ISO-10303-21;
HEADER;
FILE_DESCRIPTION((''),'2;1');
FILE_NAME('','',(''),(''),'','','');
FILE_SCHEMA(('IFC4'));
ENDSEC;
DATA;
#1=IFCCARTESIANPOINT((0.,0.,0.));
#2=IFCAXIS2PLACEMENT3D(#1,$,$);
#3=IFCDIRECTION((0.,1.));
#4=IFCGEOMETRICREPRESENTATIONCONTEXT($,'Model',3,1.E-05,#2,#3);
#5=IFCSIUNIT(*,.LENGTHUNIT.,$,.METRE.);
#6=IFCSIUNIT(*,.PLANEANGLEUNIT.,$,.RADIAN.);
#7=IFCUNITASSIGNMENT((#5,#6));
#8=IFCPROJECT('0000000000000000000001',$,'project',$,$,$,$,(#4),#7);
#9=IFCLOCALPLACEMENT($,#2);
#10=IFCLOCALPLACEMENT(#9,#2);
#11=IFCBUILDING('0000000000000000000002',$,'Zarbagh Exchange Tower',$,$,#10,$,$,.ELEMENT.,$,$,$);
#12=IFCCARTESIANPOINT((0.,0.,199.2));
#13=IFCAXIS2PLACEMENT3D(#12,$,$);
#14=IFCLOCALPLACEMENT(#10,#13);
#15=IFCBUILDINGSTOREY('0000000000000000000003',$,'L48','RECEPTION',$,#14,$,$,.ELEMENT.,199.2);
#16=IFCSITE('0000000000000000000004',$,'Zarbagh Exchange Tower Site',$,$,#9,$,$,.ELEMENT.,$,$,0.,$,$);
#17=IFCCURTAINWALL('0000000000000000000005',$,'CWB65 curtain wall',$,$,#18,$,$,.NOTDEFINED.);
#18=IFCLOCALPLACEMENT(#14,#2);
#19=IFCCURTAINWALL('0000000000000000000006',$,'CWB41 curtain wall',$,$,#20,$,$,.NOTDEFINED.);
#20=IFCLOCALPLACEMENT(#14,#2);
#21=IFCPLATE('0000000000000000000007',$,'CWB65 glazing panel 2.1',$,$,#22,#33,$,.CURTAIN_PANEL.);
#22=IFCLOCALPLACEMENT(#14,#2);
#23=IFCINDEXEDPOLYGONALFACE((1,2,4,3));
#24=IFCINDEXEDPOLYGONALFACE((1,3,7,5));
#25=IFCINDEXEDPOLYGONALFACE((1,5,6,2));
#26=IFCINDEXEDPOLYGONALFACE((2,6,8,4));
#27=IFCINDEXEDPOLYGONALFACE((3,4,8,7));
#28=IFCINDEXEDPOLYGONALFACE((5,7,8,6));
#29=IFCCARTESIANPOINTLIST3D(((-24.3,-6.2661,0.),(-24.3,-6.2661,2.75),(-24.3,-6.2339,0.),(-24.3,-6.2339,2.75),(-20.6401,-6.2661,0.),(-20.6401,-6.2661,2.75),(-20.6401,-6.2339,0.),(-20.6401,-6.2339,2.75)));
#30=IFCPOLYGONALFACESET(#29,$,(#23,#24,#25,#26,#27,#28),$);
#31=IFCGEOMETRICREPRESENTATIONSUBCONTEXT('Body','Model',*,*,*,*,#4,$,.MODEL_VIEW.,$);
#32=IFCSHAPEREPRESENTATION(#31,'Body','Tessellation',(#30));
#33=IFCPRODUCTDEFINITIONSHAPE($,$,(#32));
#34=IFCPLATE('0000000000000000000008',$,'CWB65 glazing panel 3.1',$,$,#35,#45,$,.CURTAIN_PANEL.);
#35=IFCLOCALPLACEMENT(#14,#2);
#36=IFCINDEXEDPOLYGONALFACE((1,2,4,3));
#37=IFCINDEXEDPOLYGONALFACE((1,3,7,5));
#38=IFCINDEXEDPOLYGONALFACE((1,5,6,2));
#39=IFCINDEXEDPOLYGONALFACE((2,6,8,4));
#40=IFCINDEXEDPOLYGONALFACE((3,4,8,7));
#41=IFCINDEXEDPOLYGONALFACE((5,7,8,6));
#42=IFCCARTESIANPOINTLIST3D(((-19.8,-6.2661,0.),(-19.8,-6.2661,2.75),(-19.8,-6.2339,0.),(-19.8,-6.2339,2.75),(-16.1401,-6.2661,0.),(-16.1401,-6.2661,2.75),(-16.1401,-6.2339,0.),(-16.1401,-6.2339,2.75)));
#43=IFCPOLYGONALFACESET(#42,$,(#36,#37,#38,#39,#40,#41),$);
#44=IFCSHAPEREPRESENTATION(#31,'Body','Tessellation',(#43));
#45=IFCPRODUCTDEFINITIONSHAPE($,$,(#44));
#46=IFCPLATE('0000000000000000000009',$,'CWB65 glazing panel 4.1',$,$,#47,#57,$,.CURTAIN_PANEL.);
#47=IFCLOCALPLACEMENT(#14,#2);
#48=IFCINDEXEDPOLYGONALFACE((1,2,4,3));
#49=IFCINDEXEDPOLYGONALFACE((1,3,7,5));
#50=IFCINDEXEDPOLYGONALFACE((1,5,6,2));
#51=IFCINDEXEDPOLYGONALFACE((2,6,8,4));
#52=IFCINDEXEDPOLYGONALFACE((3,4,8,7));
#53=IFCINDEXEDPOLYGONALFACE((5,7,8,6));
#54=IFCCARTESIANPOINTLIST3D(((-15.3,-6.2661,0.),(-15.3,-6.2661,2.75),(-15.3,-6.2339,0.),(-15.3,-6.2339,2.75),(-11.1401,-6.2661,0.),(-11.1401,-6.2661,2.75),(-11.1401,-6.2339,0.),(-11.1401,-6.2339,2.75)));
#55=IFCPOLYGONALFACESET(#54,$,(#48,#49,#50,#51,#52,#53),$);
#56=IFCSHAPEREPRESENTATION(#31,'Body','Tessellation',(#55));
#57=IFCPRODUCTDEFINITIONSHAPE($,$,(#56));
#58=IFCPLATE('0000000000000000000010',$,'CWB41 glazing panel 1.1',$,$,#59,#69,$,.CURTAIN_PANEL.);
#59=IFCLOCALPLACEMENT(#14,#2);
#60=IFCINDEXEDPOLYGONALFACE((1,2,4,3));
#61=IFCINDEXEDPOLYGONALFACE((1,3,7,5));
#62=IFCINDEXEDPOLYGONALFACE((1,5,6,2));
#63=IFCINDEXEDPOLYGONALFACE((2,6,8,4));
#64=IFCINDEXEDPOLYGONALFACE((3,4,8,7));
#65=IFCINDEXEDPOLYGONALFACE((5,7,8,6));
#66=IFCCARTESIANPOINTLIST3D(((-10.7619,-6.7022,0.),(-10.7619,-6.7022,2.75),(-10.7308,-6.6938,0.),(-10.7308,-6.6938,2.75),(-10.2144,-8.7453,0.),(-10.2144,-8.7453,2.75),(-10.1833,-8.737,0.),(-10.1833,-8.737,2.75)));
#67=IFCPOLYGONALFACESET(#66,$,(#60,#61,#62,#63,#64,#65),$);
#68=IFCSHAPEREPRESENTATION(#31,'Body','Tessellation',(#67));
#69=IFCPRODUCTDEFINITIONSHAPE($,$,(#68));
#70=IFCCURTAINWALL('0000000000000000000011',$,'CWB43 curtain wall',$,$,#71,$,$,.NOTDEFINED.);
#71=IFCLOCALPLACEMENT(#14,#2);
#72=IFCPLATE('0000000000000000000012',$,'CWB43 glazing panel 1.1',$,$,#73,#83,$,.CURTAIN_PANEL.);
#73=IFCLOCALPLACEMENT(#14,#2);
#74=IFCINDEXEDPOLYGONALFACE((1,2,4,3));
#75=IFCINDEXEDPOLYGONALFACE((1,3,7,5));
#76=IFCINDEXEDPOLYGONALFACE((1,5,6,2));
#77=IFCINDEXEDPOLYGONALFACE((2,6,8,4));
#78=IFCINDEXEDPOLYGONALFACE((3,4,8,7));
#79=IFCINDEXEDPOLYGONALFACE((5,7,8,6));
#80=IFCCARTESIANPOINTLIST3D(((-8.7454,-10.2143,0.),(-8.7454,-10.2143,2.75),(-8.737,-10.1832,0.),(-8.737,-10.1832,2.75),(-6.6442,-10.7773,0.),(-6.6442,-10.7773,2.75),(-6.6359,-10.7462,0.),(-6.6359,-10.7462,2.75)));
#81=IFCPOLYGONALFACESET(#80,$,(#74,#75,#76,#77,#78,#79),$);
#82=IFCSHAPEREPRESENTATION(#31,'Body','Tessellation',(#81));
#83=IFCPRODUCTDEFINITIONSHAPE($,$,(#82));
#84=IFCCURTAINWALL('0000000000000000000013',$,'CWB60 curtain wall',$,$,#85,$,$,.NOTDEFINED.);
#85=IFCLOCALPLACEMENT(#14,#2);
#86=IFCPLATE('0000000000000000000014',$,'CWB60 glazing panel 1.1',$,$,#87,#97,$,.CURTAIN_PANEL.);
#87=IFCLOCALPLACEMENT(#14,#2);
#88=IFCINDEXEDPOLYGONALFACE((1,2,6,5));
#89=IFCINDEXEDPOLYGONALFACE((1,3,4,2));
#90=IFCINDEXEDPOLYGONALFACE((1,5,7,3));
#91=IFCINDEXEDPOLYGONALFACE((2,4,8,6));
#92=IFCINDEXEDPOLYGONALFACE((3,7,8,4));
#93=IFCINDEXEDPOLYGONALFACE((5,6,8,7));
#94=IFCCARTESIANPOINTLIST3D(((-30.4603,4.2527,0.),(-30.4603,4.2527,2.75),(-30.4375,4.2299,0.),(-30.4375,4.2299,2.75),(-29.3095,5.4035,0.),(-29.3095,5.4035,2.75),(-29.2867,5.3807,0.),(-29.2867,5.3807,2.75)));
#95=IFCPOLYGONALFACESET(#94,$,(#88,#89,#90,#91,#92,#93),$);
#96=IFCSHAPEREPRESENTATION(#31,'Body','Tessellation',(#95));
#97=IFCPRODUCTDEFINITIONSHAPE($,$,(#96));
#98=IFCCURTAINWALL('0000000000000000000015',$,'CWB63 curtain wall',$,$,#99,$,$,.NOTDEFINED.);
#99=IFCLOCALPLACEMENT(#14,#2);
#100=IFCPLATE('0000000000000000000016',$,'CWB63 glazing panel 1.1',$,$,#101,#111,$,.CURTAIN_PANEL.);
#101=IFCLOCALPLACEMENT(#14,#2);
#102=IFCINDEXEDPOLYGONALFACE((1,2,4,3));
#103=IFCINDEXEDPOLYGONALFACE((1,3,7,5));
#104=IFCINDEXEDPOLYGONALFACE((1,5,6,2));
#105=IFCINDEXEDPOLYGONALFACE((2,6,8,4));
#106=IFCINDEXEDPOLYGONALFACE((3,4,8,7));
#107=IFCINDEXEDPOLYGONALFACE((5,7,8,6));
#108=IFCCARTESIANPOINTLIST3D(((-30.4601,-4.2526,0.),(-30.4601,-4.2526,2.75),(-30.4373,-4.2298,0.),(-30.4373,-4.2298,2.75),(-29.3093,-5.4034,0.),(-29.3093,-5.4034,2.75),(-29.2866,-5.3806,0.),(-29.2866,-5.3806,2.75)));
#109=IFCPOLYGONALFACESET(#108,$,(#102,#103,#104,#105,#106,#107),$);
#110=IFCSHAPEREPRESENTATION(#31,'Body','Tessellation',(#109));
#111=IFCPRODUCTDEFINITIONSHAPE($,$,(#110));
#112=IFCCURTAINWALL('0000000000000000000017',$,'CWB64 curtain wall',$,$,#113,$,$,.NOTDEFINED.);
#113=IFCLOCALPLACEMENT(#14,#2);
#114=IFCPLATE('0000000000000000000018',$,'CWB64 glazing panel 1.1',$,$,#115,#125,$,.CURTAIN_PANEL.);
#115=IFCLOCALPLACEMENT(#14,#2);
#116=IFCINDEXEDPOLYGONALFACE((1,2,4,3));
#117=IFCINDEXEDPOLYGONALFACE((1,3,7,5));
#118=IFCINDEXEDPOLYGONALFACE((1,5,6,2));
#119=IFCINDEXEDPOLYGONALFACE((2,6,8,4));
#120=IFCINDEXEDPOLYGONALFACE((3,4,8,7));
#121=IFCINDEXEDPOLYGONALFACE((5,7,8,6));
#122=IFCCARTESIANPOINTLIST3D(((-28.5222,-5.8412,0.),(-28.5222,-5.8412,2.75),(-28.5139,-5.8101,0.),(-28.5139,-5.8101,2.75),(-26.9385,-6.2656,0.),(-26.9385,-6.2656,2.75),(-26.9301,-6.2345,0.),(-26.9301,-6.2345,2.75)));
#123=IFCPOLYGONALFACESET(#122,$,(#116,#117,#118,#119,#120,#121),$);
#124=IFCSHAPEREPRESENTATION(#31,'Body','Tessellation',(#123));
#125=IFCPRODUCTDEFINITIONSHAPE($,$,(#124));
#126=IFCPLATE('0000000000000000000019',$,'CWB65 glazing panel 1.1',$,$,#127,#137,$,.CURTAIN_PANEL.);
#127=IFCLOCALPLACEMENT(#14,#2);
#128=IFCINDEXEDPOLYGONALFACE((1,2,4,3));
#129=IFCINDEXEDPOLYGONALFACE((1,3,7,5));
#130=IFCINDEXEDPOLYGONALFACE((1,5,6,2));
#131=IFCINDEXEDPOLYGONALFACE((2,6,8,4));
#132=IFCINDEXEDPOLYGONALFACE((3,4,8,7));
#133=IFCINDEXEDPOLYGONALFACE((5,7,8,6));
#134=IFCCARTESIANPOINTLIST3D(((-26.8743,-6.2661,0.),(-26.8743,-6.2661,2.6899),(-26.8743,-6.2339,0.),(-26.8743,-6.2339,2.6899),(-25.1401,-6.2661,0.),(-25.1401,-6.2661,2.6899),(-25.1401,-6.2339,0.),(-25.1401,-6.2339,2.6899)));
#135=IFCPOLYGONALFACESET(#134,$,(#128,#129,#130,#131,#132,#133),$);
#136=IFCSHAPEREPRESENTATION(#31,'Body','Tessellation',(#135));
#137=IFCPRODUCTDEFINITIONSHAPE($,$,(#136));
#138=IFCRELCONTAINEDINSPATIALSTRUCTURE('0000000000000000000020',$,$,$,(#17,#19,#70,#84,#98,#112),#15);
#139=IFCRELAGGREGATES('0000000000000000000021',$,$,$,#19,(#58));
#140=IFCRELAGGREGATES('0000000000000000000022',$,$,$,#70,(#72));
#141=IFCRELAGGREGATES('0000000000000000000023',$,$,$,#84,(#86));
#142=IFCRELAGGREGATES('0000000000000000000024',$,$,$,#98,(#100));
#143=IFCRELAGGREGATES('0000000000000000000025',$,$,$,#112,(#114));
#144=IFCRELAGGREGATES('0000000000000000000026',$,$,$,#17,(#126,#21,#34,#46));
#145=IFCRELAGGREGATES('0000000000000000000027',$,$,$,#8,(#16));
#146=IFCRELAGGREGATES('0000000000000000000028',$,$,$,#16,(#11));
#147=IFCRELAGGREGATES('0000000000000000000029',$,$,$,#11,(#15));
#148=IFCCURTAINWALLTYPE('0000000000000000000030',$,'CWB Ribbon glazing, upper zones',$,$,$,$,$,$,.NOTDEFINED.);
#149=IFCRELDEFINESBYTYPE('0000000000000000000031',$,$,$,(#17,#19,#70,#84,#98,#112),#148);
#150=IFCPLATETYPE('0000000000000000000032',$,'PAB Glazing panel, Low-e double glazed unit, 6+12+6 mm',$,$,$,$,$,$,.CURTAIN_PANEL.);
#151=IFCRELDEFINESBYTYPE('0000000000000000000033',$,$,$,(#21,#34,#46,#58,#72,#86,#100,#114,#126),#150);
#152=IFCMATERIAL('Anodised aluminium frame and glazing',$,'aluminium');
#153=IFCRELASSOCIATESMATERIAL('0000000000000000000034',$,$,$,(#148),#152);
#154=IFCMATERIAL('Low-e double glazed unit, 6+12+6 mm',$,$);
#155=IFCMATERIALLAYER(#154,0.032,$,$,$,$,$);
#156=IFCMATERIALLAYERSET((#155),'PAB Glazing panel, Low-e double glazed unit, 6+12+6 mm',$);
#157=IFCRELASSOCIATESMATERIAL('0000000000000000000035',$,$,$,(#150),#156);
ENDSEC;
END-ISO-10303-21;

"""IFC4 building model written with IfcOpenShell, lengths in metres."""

from ifc_helpers import new_model, si_unit, direction, frame, origin, place, context, subcontext, project, spatial, polyline, outline, extrude, source, transform, mapped, material, layer, layer_set, type_object, element, aggregate, save


model = new_model("IFC4")

# Units and contexts
model_context = context("Model", 3, precision=1e-05, world=origin(), true_north=direction((0.0, 1.0)))
body_context = subcontext(model_context, "Body", "Model", "MODEL_VIEW")
ifc_project = project(units=[si_unit("LENGTHUNIT", "METRE"), si_unit("PLANEANGLEUNIT", "RADIAN")], contexts=[model_context])

# Site, building, storey
site_placement = place(None, origin())
site = spatial("IfcSite", under=ifc_project, at=site_placement, Name="Zarbagh Exchange Tower Site", CompositionType="ELEMENT", RefElevation=0.0)
building_placement = place(site_placement, origin())
building = spatial("IfcBuilding", under=site, at=building_placement, Name="Zarbagh Exchange Tower", CompositionType="ELEMENT")
storey_placement = place(building_placement, frame((0.0, 0.0, 199.2)))
storey = spatial("IfcBuildingStorey", under=building, at=storey_placement, Name="L48", Description="RECEPTION", CompositionType="ELEMENT", Elevation=199.2)

# Shared definitions
ifc_material_1 = material(Name="Anodised aluminium frame and glazing", Category="aluminium")
curtain_wall_type = type_object("IfcCurtainWallType", Name="CWB Ribbon glazing, upper zones", PredefinedType="NOTDEFINED", material=ifc_material_1)
placement = place(storey_placement, origin())

# Curtain wall
curtain_wall_1_placement = place(storey_placement, origin())
curtain_wall_1 = element("IfcCurtainWall", 1, at=curtain_wall_1_placement, inside=storey, type_object=curtain_wall_type, Name="CWB65 curtain wall", PredefinedType="NOTDEFINED")

# Curtain wall
curtain_wall_2_placement = place(storey_placement, origin())
curtain_wall_2 = element("IfcCurtainWall", 2, at=curtain_wall_2_placement, inside=storey, type_object=curtain_wall_type, Name="CWB41 curtain wall", PredefinedType="NOTDEFINED")

# Shared definitions
ifc_material_2 = material(Name="Low-e double glazed unit, 6+12+6 mm")
ifc_layer = layer(ifc_material_2, 0.032)
ifc_layer_set = layer_set([ifc_layer], Name="PAB Glazing panel, Low-e double glazed unit, 6+12+6 mm")
plate_type = type_object("IfcPlateType", Name="PAB Glazing panel, Low-e double glazed unit, 6+12+6 mm", PredefinedType="CURTAIN_PANEL", material=ifc_layer_set)

# Plates
shared_shape_1 = source(origin(), body_context, "Body", "SweptSolid", [
    extrude(outline(polyline([(0.0, -0.0161), (3.6599, -0.0161), (3.6599, 0.0161), (0.0, 0.0161), (0.0, -0.0161)])), origin(), (0.0, 0.0, 1.0), 2.75),
])
plate_1 = element("IfcPlate", 3, at=placement, type_object=plate_type, Name="CWB65 glazing panel 2.1", PredefinedType="CURTAIN_PANEL", context=body_context, shape_type="MappedRepresentation", body=[
    mapped(shared_shape_1, transform((-24.3, -6.25, 0.0), x_axis=(1.0, 0.0, 0.0), y_axis=(0.0, 1.0, 0.0), z_axis=(0.0, 0.0, 1.0))),
])
plate_2 = element("IfcPlate", 4, at=placement, type_object=plate_type, Name="CWB65 glazing panel 3.1", PredefinedType="CURTAIN_PANEL", context=body_context, shape_type="MappedRepresentation", body=[
    mapped(shared_shape_1, transform((-19.8, -6.25, 0.0), x_axis=(1.0, 0.0, 0.0), y_axis=(0.0, 1.0, 0.0), z_axis=(0.0, 0.0, 1.0))),
])
shared_shape_2 = source(origin(), body_context, "Body", "SweptSolid", [
    extrude(outline(polyline([(0.0, -0.0161), (4.1599, -0.0161), (4.1599, 0.0161), (0.0, 0.0161), (0.0, -0.0161)])), origin(), (0.0, 0.0, 1.0), 2.75),
])
plate_3 = element("IfcPlate", 5, at=placement, type_object=plate_type, Name="CWB65 glazing panel 4.1", PredefinedType="CURTAIN_PANEL", context=body_context, shape_type="MappedRepresentation", body=[
    mapped(shared_shape_2, transform((-15.3, -6.25, 0.0), x_axis=(1.0, 0.0, 0.0), y_axis=(0.0, 1.0, 0.0), z_axis=(0.0, 0.0, 1.0))),
])
shared_shape_3 = source(origin(), body_context, "Body", "SweptSolid", [
    extrude(outline(polyline([(0.0, -0.0161), (2.1152, -0.0161), (2.1152, 0.0161), (0.0, 0.0161), (0.0, -0.0161)])), origin(), (0.0, 0.0, 1.0), 2.75),
])
plate_4 = element("IfcPlate", 6, at=placement, type_object=plate_type, Name="CWB41 glazing panel 1.1", PredefinedType="CURTAIN_PANEL", context=body_context, shape_type="MappedRepresentation", body=[
    mapped(shared_shape_3, transform((-10.7463, -6.698, 0.0), x_axis=(0.258825, -0.965924, 0.0), y_axis=(0.965924, 0.258825, 0.0), z_axis=(0.0, 0.0, 1.0))),
])
aggregate(curtain_wall_2, [plate_4])

# Curtain walls, plates
curtain_wall_3_placement = place(storey_placement, origin())
curtain_wall_3 = element("IfcCurtainWall", 7, at=curtain_wall_3_placement, inside=storey, type_object=curtain_wall_type, Name="CWB43 curtain wall", PredefinedType="NOTDEFINED")
shared_shape_4 = source(origin(), body_context, "Body", "SweptSolid", [
    extrude(outline(polyline([(0.0, -0.0161), (2.1753, -0.0161), (2.1753, 0.0161), (0.0, 0.0161), (0.0, -0.0161)])), origin(), (0.0, 0.0, 1.0), 2.75),
])
plate_5 = element("IfcPlate", 8, at=placement, type_object=plate_type, Name="CWB43 glazing panel 1.1", PredefinedType="CURTAIN_PANEL", context=body_context, shape_type="MappedRepresentation", body=[
    mapped(shared_shape_4, transform((-8.7412, -10.1987, 0.0), x_axis=(0.965924, -0.258825, 0.0), y_axis=(0.258825, 0.965924, 0.0), z_axis=(0.0, 0.0, 1.0))),
])
aggregate(curtain_wall_3, [plate_5])
curtain_wall_4_placement = place(storey_placement, origin())
curtain_wall_4 = element("IfcCurtainWall", 9, at=curtain_wall_4_placement, inside=storey, type_object=curtain_wall_type, Name="CWB60 curtain wall", PredefinedType="NOTDEFINED")
shared_shape_5 = source(origin(), body_context, "Body", "SweptSolid", [
    extrude(outline(polyline([(0.0, -0.0161), (1.6274, -0.0161), (1.6274, 0.0161), (0.0, 0.0161), (0.0, -0.0161)])), origin(), (0.0, 0.0, 1.0), 2.75),
])
plate_6 = element("IfcPlate", 10, at=placement, type_object=plate_type, Name="CWB60 glazing panel 1.1", PredefinedType="CURTAIN_PANEL", context=body_context, shape_type="MappedRepresentation", body=[
    mapped(shared_shape_5, transform((-29.2981, 5.3921, 0.0), x_axis=(-0.707107, -0.707107, 0.0), y_axis=(0.707107, -0.707107, 0.0), z_axis=(0.0, 0.0, 1.0))),
])
aggregate(curtain_wall_4, [plate_6])
curtain_wall_5_placement = place(storey_placement, origin())
curtain_wall_5 = element("IfcCurtainWall", 11, at=curtain_wall_5_placement, inside=storey, type_object=curtain_wall_type, Name="CWB63 curtain wall", PredefinedType="NOTDEFINED")
plate_7 = element("IfcPlate", 12, at=placement, type_object=plate_type, Name="CWB63 glazing panel 1.1", PredefinedType="CURTAIN_PANEL", context=body_context, shape_type="MappedRepresentation", body=[
    mapped(shared_shape_5, transform((-30.4487, -4.2412, 0.0), x_axis=(0.707107, -0.707107, 0.0), y_axis=(0.707107, 0.707107, 0.0), z_axis=(0.0, 0.0, 1.0))),
])
aggregate(curtain_wall_5, [plate_7])
curtain_wall_6_placement = place(storey_placement, origin())
curtain_wall_6 = element("IfcCurtainWall", 13, at=curtain_wall_6_placement, inside=storey, type_object=curtain_wall_type, Name="CWB64 curtain wall", PredefinedType="NOTDEFINED")
shared_shape_6 = source(origin(), body_context, "Body", "SweptSolid", [
    extrude(outline(polyline([(0.0, -0.0161), (1.6396, -0.0161), (1.6396, 0.0161), (0.0, 0.0161), (0.0, -0.0161)])), origin(), (0.0, 0.0, 1.0), 2.75),
])
plate_8 = element("IfcPlate", 14, at=placement, type_object=plate_type, Name="CWB64 glazing panel 1.1", PredefinedType="CURTAIN_PANEL", context=body_context, shape_type="MappedRepresentation", body=[
    mapped(shared_shape_6, transform((-28.5181, -5.8257, 0.0), x_axis=(0.965924, -0.258825, 0.0), y_axis=(0.258825, 0.965924, 0.0), z_axis=(0.0, 0.0, 1.0))),
])
aggregate(curtain_wall_6, [plate_8])

# Plate
shared_shape_7 = source(origin(), body_context, "Body", "SweptSolid", [
    extrude(outline(polyline([(0.0, -0.0161), (1.7341, -0.0161), (1.7341, 0.0161), (0.0, 0.0161), (0.0, -0.0161)])), origin(), (0.0, 0.0, 1.0), 2.6899),
])
plate_9 = element("IfcPlate", 15, at=placement, type_object=plate_type, Name="CWB65 glazing panel 1.1", PredefinedType="CURTAIN_PANEL", context=body_context, shape_type="MappedRepresentation", body=[
    mapped(shared_shape_7, transform((-26.8743, -6.25, 0.0), x_axis=(1.0, 0.0, 0.0), y_axis=(0.0, 1.0, 0.0), z_axis=(0.0, 0.0, 1.0))),
])
aggregate(curtain_wall_1, [plate_9, plate_1, plate_2, plate_3])

save(model, "model.ifc")
